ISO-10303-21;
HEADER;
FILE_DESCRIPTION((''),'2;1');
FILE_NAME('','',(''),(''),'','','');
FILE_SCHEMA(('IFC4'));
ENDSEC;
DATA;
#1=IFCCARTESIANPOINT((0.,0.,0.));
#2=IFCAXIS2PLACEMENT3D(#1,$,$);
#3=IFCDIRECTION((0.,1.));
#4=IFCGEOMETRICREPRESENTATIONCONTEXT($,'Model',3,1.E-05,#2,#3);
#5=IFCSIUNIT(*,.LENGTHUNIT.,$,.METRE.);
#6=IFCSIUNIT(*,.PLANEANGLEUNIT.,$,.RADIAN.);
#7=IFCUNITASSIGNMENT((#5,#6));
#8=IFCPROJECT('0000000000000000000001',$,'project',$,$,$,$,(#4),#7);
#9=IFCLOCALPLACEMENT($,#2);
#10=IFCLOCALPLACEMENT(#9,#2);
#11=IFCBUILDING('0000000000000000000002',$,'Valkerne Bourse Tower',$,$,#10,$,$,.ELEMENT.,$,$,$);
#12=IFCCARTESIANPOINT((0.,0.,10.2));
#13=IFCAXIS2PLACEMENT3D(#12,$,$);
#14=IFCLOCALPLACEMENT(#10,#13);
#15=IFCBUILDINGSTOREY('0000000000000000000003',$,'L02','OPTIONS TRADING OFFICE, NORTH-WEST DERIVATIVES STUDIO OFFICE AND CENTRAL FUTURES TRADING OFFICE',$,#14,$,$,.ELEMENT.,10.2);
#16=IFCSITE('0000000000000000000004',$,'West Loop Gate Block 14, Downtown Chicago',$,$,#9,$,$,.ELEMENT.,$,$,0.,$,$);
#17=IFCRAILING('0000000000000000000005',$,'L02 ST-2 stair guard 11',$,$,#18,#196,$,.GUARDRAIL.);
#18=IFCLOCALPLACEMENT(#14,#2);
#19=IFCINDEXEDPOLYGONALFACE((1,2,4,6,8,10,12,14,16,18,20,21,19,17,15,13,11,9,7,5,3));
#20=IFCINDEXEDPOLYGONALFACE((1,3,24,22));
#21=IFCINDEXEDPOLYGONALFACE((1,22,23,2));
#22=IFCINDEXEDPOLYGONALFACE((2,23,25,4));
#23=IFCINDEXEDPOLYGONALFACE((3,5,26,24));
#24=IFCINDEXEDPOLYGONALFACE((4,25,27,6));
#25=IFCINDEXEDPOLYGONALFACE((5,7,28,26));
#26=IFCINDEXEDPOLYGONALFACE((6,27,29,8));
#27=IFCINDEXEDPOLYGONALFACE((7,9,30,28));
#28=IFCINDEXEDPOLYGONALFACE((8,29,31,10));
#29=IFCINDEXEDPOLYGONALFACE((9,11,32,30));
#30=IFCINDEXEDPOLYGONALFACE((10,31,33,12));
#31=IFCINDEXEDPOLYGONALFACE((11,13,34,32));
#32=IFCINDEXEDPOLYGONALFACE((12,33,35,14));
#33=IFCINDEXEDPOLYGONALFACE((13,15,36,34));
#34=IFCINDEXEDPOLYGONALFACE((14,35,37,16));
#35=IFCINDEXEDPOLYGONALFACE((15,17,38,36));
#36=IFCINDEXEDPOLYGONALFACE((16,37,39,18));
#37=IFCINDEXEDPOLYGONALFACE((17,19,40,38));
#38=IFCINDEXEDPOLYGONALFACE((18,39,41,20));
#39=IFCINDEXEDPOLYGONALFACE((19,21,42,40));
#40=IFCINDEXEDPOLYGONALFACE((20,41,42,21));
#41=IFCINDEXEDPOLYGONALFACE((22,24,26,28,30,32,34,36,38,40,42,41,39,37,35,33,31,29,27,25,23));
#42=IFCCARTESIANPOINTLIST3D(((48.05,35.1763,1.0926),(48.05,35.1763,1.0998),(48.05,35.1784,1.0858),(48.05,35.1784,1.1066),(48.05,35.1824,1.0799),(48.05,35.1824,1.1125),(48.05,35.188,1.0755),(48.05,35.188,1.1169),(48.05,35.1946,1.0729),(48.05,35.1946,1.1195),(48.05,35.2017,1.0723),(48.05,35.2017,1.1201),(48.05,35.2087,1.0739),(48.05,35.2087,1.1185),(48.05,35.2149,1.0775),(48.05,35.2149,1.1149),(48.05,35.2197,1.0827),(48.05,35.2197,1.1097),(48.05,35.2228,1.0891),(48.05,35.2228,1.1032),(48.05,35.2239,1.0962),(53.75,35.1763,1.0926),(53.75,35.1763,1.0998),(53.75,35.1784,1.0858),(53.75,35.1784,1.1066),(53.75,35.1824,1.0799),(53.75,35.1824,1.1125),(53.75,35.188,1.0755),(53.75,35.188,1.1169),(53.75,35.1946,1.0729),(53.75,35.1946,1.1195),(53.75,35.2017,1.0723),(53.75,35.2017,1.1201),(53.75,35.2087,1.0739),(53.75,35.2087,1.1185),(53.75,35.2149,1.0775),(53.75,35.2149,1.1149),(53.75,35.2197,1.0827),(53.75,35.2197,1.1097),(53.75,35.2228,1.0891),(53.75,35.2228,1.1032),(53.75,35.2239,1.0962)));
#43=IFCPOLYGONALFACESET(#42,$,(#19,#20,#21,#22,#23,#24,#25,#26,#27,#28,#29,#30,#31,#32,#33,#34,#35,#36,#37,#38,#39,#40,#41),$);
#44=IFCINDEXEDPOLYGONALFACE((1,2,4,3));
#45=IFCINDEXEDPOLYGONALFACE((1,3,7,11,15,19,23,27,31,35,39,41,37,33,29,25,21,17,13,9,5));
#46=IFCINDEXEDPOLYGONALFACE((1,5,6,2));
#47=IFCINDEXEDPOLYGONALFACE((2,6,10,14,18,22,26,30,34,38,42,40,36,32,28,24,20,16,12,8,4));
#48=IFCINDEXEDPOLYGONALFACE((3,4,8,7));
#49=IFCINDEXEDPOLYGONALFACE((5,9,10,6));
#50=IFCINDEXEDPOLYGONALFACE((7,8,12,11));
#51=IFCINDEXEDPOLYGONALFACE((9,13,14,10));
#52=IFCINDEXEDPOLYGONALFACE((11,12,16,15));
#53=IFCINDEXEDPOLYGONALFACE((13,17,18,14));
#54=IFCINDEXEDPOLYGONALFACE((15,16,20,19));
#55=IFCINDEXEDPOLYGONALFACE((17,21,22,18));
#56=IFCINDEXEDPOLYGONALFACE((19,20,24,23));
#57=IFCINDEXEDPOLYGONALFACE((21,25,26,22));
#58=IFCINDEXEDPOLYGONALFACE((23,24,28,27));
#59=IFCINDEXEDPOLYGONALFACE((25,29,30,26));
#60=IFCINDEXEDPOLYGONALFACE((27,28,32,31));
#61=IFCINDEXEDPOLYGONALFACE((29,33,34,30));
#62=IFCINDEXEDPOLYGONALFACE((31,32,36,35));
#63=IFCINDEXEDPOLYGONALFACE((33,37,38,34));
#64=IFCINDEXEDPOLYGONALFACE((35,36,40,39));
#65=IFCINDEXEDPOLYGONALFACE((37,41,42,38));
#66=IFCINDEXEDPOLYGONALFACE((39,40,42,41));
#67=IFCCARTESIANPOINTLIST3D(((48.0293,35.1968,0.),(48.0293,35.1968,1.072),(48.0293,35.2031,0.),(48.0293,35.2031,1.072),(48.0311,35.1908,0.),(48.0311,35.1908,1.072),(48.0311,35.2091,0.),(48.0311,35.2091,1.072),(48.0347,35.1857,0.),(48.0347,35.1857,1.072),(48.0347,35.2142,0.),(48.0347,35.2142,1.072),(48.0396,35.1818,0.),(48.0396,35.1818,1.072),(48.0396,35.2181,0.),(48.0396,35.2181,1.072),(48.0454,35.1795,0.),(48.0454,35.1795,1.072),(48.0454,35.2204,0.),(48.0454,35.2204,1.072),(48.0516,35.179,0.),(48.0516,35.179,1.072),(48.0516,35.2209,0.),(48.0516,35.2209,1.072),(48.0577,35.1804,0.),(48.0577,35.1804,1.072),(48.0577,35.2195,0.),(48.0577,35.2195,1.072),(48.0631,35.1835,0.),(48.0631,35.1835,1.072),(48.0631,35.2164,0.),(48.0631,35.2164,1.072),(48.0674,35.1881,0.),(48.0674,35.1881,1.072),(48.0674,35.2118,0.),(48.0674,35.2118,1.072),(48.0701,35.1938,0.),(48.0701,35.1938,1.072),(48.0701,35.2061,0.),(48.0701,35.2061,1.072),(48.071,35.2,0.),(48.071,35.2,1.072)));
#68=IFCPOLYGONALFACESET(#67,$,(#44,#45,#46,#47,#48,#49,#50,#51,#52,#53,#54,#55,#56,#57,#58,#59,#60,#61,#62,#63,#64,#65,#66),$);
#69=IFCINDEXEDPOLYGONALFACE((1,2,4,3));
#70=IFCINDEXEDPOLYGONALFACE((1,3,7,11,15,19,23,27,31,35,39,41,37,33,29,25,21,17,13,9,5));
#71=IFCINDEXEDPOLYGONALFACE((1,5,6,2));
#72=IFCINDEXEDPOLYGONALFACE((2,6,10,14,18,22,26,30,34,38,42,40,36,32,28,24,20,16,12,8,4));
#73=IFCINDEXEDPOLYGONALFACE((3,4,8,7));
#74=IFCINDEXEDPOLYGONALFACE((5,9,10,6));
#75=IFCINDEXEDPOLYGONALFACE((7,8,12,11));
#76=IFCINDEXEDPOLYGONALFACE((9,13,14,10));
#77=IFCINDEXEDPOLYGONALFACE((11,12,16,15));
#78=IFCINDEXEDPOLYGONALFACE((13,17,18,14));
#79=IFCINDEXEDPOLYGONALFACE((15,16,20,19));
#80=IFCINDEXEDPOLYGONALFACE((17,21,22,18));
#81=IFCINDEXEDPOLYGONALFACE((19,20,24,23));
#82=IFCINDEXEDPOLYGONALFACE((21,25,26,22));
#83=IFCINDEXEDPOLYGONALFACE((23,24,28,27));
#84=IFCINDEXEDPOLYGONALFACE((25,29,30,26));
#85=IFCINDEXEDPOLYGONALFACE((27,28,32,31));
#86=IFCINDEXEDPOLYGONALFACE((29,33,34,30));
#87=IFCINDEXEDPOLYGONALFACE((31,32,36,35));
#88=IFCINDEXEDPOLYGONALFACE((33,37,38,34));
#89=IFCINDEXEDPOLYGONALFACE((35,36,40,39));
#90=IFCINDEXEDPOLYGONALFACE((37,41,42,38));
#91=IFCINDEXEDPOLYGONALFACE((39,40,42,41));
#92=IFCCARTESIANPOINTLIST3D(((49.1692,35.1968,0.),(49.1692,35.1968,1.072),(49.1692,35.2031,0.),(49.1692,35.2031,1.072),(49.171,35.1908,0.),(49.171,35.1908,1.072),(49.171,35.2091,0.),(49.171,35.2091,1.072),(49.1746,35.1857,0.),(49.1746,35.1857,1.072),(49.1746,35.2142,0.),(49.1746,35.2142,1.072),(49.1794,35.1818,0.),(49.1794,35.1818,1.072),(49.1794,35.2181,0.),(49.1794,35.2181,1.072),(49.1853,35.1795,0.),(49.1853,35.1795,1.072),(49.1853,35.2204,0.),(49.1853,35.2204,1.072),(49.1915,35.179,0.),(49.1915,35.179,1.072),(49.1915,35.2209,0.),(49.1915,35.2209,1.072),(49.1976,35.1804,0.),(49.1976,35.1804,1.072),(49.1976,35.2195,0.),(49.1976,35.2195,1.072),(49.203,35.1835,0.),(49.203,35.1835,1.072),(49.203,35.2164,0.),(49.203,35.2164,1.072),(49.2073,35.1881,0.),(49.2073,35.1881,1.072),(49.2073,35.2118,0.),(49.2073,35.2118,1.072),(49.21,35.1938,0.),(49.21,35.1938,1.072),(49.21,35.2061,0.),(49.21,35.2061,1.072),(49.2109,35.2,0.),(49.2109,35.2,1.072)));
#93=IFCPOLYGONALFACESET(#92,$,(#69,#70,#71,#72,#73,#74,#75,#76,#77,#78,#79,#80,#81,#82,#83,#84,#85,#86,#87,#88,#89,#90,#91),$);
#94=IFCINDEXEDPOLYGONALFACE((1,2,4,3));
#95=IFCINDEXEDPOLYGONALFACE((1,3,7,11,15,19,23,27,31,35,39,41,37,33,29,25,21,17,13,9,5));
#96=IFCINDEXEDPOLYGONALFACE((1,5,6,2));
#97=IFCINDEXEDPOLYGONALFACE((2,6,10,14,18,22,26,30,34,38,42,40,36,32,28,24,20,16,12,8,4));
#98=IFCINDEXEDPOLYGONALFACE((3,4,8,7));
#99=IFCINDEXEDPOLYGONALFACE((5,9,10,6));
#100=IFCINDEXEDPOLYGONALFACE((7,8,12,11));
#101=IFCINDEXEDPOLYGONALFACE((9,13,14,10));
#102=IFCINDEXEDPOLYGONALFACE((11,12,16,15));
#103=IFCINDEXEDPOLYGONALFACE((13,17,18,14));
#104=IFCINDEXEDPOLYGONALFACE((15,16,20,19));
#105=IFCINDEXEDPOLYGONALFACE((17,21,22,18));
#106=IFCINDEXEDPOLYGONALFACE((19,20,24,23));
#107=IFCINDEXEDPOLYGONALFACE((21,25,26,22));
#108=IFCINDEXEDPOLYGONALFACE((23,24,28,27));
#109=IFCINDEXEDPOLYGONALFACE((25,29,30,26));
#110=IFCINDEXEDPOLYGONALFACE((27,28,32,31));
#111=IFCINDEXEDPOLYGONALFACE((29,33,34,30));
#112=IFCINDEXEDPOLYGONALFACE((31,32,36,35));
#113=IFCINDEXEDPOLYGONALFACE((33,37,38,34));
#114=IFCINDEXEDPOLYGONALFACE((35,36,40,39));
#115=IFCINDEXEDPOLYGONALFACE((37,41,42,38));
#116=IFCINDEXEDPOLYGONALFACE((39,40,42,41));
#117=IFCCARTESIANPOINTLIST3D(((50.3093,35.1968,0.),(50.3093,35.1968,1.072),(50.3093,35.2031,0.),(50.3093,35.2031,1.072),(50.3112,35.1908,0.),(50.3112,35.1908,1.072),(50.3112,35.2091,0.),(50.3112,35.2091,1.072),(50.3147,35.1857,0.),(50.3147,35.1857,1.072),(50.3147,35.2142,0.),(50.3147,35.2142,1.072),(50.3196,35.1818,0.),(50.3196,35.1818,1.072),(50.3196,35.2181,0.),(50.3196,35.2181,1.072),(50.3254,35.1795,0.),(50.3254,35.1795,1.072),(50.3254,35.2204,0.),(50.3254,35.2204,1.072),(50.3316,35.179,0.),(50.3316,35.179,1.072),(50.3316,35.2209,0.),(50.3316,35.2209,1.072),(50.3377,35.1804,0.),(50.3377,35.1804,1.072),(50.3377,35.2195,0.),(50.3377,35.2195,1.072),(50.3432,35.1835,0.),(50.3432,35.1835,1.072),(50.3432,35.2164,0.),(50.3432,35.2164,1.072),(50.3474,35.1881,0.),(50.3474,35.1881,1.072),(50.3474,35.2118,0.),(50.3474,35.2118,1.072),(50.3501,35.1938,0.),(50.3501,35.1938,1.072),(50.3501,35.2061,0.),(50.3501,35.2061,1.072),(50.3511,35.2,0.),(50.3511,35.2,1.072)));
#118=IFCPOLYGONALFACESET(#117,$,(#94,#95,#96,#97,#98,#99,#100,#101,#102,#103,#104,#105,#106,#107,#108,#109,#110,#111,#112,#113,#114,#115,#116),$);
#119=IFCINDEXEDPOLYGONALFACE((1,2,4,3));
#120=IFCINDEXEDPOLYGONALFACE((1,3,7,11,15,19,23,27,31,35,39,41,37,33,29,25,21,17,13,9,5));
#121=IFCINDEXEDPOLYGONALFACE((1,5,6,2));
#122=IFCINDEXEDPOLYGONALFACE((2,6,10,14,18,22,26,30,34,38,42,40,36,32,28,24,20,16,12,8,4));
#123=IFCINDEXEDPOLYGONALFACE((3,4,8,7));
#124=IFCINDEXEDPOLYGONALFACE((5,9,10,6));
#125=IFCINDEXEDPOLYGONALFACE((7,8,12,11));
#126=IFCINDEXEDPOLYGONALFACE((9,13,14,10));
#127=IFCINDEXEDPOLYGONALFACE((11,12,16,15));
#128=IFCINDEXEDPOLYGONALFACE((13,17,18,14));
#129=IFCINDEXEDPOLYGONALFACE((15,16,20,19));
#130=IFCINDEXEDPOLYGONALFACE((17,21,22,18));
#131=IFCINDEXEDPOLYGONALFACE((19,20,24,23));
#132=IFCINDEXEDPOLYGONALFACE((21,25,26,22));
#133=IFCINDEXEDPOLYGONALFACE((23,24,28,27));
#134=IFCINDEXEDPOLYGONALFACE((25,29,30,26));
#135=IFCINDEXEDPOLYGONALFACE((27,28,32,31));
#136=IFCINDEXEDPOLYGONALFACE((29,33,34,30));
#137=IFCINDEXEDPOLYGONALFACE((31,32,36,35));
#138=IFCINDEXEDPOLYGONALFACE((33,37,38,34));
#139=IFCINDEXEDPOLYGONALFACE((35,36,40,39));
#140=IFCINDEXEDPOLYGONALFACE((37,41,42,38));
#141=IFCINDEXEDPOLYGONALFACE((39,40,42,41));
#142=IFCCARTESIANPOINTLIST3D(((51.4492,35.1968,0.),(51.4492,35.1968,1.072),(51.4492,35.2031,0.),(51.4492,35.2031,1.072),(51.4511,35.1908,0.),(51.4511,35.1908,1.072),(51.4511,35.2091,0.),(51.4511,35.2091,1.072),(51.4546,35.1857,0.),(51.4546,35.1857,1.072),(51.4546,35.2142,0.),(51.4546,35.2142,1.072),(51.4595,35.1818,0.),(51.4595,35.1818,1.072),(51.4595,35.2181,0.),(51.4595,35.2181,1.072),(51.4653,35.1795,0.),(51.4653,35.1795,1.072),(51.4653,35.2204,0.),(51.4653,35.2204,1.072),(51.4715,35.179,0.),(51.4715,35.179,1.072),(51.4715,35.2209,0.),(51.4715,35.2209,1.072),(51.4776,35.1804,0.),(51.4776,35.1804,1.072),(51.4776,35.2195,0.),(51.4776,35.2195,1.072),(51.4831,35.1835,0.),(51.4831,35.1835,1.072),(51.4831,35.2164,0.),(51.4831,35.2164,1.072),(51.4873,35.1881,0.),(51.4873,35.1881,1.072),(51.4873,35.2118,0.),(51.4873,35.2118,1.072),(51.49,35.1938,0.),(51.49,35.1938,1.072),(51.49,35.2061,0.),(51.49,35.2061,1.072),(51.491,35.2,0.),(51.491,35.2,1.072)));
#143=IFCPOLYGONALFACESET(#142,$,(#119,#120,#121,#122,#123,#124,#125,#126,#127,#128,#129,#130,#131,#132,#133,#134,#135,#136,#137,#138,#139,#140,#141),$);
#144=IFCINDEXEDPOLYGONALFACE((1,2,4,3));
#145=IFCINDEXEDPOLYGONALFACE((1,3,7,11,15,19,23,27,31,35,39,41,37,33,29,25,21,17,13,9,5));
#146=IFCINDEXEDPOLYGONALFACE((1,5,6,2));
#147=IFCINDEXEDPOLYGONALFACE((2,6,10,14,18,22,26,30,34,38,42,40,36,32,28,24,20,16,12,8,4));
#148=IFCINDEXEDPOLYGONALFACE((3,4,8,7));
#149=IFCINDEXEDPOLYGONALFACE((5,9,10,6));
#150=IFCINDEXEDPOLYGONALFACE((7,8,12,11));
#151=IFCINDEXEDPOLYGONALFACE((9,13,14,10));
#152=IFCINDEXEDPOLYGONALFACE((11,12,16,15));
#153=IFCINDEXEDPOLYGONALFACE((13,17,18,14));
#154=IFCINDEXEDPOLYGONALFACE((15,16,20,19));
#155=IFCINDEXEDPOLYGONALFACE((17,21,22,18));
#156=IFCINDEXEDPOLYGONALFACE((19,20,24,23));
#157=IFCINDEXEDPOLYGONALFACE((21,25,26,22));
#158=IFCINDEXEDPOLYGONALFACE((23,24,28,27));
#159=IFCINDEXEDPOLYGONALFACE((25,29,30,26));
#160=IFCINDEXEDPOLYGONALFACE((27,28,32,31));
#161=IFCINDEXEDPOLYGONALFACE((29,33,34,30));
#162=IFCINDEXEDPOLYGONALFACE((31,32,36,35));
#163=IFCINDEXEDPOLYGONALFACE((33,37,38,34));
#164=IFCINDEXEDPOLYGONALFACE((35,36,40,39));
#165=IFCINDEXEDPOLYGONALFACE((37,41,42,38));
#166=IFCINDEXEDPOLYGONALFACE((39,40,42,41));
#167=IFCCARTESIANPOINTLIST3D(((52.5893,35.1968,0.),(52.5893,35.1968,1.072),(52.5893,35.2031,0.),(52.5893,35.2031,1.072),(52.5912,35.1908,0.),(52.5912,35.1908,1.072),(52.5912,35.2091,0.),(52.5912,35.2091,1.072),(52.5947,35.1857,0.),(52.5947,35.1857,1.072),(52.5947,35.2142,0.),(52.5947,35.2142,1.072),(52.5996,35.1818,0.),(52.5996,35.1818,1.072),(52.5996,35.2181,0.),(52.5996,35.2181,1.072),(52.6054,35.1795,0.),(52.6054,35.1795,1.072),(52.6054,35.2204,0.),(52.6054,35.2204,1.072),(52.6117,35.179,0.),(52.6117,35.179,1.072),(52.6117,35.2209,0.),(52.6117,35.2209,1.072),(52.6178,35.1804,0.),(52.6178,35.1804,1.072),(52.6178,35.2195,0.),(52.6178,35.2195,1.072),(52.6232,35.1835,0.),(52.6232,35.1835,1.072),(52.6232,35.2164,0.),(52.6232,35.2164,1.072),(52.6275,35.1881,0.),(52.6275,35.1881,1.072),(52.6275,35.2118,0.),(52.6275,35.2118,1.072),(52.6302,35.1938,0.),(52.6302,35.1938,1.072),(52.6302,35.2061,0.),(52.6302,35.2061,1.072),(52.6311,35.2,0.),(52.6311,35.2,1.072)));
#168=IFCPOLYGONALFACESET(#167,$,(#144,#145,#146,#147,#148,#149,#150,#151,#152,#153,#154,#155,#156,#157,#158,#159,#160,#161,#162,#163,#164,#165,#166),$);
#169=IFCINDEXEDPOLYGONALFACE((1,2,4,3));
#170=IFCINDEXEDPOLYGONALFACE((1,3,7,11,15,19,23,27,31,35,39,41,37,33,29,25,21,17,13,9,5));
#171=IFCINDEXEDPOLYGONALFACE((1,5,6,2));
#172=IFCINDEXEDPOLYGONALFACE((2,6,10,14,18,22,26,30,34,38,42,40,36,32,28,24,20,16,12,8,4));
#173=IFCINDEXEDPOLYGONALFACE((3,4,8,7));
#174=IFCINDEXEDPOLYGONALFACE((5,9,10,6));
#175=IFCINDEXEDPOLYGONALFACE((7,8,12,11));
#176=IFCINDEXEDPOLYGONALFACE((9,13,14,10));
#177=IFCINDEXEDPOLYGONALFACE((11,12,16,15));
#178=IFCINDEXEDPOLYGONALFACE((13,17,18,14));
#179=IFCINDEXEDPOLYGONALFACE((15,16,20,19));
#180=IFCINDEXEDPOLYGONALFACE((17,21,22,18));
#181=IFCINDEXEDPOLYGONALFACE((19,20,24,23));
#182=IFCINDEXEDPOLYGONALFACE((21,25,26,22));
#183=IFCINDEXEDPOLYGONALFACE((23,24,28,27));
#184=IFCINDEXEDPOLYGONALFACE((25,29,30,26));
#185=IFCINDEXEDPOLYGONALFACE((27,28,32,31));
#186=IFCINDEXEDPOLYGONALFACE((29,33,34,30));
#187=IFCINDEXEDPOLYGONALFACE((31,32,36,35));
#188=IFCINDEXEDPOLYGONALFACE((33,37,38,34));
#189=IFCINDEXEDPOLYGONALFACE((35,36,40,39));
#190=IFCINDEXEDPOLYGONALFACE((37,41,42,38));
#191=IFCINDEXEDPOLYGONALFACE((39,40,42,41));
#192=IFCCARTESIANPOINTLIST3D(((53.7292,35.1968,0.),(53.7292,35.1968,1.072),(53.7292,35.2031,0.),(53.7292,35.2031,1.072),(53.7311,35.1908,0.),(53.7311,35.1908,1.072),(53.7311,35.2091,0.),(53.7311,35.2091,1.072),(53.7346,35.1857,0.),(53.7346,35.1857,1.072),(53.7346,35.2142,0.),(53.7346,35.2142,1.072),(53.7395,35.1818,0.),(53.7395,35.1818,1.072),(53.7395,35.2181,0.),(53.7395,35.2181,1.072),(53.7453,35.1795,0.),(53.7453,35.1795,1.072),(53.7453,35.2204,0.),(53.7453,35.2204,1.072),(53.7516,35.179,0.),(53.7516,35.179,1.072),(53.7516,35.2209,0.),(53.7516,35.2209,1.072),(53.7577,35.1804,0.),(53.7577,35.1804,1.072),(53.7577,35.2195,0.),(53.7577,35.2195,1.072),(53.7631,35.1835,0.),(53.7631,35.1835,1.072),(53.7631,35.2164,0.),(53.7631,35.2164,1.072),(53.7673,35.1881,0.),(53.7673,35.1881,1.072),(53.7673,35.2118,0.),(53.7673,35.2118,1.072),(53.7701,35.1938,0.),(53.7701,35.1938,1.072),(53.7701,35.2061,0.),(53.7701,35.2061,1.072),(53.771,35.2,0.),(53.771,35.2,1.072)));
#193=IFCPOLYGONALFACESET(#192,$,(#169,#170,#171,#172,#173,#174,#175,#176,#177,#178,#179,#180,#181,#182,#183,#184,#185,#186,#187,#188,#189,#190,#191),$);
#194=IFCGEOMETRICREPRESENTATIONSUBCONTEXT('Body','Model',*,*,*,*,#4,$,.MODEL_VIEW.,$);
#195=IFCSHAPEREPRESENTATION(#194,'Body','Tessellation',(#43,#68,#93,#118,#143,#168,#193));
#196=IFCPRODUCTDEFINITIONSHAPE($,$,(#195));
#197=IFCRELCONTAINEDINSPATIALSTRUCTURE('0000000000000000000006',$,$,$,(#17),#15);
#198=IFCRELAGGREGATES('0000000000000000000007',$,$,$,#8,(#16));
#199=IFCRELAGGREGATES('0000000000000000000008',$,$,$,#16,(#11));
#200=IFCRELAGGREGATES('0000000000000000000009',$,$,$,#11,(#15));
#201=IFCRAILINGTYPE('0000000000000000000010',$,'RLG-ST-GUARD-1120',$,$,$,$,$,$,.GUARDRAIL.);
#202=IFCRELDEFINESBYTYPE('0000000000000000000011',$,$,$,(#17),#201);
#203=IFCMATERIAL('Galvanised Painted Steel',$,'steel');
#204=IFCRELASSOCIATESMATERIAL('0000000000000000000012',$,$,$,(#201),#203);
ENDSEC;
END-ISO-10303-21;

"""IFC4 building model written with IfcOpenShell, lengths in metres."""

from ifc_helpers import new_model, si_unit, direction, frame, origin, origin_2d, place, context, subcontext, project, spatial, circle, extrude, material, type_object, element, save


model = new_model("IFC4")

# Units and contexts
model_context = context("Model", 3, precision=1e-05, world=origin(), true_north=direction((0.0, 1.0)))
body_context = subcontext(model_context, "Body", "Model", "MODEL_VIEW")
ifc_project = project(units=[si_unit("LENGTHUNIT", "METRE"), si_unit("PLANEANGLEUNIT", "RADIAN")], contexts=[model_context])

# Site, building, storey
site_placement = place(None, origin())
site = spatial("IfcSite", under=ifc_project, at=site_placement, Name="West Loop Gate Block 14, Downtown Chicago", CompositionType="ELEMENT", RefElevation=0.0)
building_placement = place(site_placement, origin())
building = spatial("IfcBuilding", under=site, at=building_placement, Name="Valkerne Bourse Tower", CompositionType="ELEMENT")
storey_placement = place(building_placement, frame((0.0, 0.0, 10.2)))
storey = spatial("IfcBuildingStorey", under=building, at=storey_placement, Name="L02", Description="OPTIONS TRADING OFFICE, NORTH-WEST DERIVATIVES STUDIO OFFICE AND CENTRAL FUTURES TRADING OFFICE", CompositionType="ELEMENT", Elevation=10.2)

# Railing
ifc_material_1 = material(Name="Galvanised Painted Steel", Category="steel")
railing_type_1 = type_object("IfcRailingType", Name="RLG-ST-GUARD-1120", PredefinedType="GUARDRAIL", material=ifc_material_1)
railing_1_placement = place(storey_placement, frame((48.05, 35.2, 0.0)))
element("IfcRailing", 1, at=railing_1_placement, inside=storey, type_object=railing_type_1, Name="L02 ST-2 stair guard 11", PredefinedType="GUARDRAIL", context=body_context, shape_type="SweptSolid", body=[
    extrude(circle(Radius=0.0239, at=origin_2d()), frame((0.0, 0.0, 1.0962), z_axis=(1.0, 0.0, 0.0), x_axis=(0.0, 1.0, 0.0)), (0.0, 0.0, 1.0), 5.7),
    extrude(circle(Radius=0.021, at=origin_2d()), origin(), (0.0, 0.0, 1.0), 1.072),
    extrude(circle(Radius=0.021, at=origin_2d()), frame((1.1399, 0.0, 0.0)), (0.0, 0.0, 1.0), 1.072),
    extrude(circle(Radius=0.021, at=origin_2d()), frame((2.28, 0.0, 0.0)), (0.0, 0.0, 1.0), 1.072),
    extrude(circle(Radius=0.021, at=origin_2d()), frame((3.4199, 0.0, 0.0)), (0.0, 0.0, 1.0), 1.072),
    extrude(circle(Radius=0.021, at=origin_2d()), frame((4.5601, 0.0, 0.0)), (0.0, 0.0, 1.0), 1.072),
    extrude(circle(Radius=0.021, at=origin_2d()), frame((5.7, 0.0, 0.0)), (0.0, 0.0, 1.0), 1.072),
])

save(model, "model.ifc")
